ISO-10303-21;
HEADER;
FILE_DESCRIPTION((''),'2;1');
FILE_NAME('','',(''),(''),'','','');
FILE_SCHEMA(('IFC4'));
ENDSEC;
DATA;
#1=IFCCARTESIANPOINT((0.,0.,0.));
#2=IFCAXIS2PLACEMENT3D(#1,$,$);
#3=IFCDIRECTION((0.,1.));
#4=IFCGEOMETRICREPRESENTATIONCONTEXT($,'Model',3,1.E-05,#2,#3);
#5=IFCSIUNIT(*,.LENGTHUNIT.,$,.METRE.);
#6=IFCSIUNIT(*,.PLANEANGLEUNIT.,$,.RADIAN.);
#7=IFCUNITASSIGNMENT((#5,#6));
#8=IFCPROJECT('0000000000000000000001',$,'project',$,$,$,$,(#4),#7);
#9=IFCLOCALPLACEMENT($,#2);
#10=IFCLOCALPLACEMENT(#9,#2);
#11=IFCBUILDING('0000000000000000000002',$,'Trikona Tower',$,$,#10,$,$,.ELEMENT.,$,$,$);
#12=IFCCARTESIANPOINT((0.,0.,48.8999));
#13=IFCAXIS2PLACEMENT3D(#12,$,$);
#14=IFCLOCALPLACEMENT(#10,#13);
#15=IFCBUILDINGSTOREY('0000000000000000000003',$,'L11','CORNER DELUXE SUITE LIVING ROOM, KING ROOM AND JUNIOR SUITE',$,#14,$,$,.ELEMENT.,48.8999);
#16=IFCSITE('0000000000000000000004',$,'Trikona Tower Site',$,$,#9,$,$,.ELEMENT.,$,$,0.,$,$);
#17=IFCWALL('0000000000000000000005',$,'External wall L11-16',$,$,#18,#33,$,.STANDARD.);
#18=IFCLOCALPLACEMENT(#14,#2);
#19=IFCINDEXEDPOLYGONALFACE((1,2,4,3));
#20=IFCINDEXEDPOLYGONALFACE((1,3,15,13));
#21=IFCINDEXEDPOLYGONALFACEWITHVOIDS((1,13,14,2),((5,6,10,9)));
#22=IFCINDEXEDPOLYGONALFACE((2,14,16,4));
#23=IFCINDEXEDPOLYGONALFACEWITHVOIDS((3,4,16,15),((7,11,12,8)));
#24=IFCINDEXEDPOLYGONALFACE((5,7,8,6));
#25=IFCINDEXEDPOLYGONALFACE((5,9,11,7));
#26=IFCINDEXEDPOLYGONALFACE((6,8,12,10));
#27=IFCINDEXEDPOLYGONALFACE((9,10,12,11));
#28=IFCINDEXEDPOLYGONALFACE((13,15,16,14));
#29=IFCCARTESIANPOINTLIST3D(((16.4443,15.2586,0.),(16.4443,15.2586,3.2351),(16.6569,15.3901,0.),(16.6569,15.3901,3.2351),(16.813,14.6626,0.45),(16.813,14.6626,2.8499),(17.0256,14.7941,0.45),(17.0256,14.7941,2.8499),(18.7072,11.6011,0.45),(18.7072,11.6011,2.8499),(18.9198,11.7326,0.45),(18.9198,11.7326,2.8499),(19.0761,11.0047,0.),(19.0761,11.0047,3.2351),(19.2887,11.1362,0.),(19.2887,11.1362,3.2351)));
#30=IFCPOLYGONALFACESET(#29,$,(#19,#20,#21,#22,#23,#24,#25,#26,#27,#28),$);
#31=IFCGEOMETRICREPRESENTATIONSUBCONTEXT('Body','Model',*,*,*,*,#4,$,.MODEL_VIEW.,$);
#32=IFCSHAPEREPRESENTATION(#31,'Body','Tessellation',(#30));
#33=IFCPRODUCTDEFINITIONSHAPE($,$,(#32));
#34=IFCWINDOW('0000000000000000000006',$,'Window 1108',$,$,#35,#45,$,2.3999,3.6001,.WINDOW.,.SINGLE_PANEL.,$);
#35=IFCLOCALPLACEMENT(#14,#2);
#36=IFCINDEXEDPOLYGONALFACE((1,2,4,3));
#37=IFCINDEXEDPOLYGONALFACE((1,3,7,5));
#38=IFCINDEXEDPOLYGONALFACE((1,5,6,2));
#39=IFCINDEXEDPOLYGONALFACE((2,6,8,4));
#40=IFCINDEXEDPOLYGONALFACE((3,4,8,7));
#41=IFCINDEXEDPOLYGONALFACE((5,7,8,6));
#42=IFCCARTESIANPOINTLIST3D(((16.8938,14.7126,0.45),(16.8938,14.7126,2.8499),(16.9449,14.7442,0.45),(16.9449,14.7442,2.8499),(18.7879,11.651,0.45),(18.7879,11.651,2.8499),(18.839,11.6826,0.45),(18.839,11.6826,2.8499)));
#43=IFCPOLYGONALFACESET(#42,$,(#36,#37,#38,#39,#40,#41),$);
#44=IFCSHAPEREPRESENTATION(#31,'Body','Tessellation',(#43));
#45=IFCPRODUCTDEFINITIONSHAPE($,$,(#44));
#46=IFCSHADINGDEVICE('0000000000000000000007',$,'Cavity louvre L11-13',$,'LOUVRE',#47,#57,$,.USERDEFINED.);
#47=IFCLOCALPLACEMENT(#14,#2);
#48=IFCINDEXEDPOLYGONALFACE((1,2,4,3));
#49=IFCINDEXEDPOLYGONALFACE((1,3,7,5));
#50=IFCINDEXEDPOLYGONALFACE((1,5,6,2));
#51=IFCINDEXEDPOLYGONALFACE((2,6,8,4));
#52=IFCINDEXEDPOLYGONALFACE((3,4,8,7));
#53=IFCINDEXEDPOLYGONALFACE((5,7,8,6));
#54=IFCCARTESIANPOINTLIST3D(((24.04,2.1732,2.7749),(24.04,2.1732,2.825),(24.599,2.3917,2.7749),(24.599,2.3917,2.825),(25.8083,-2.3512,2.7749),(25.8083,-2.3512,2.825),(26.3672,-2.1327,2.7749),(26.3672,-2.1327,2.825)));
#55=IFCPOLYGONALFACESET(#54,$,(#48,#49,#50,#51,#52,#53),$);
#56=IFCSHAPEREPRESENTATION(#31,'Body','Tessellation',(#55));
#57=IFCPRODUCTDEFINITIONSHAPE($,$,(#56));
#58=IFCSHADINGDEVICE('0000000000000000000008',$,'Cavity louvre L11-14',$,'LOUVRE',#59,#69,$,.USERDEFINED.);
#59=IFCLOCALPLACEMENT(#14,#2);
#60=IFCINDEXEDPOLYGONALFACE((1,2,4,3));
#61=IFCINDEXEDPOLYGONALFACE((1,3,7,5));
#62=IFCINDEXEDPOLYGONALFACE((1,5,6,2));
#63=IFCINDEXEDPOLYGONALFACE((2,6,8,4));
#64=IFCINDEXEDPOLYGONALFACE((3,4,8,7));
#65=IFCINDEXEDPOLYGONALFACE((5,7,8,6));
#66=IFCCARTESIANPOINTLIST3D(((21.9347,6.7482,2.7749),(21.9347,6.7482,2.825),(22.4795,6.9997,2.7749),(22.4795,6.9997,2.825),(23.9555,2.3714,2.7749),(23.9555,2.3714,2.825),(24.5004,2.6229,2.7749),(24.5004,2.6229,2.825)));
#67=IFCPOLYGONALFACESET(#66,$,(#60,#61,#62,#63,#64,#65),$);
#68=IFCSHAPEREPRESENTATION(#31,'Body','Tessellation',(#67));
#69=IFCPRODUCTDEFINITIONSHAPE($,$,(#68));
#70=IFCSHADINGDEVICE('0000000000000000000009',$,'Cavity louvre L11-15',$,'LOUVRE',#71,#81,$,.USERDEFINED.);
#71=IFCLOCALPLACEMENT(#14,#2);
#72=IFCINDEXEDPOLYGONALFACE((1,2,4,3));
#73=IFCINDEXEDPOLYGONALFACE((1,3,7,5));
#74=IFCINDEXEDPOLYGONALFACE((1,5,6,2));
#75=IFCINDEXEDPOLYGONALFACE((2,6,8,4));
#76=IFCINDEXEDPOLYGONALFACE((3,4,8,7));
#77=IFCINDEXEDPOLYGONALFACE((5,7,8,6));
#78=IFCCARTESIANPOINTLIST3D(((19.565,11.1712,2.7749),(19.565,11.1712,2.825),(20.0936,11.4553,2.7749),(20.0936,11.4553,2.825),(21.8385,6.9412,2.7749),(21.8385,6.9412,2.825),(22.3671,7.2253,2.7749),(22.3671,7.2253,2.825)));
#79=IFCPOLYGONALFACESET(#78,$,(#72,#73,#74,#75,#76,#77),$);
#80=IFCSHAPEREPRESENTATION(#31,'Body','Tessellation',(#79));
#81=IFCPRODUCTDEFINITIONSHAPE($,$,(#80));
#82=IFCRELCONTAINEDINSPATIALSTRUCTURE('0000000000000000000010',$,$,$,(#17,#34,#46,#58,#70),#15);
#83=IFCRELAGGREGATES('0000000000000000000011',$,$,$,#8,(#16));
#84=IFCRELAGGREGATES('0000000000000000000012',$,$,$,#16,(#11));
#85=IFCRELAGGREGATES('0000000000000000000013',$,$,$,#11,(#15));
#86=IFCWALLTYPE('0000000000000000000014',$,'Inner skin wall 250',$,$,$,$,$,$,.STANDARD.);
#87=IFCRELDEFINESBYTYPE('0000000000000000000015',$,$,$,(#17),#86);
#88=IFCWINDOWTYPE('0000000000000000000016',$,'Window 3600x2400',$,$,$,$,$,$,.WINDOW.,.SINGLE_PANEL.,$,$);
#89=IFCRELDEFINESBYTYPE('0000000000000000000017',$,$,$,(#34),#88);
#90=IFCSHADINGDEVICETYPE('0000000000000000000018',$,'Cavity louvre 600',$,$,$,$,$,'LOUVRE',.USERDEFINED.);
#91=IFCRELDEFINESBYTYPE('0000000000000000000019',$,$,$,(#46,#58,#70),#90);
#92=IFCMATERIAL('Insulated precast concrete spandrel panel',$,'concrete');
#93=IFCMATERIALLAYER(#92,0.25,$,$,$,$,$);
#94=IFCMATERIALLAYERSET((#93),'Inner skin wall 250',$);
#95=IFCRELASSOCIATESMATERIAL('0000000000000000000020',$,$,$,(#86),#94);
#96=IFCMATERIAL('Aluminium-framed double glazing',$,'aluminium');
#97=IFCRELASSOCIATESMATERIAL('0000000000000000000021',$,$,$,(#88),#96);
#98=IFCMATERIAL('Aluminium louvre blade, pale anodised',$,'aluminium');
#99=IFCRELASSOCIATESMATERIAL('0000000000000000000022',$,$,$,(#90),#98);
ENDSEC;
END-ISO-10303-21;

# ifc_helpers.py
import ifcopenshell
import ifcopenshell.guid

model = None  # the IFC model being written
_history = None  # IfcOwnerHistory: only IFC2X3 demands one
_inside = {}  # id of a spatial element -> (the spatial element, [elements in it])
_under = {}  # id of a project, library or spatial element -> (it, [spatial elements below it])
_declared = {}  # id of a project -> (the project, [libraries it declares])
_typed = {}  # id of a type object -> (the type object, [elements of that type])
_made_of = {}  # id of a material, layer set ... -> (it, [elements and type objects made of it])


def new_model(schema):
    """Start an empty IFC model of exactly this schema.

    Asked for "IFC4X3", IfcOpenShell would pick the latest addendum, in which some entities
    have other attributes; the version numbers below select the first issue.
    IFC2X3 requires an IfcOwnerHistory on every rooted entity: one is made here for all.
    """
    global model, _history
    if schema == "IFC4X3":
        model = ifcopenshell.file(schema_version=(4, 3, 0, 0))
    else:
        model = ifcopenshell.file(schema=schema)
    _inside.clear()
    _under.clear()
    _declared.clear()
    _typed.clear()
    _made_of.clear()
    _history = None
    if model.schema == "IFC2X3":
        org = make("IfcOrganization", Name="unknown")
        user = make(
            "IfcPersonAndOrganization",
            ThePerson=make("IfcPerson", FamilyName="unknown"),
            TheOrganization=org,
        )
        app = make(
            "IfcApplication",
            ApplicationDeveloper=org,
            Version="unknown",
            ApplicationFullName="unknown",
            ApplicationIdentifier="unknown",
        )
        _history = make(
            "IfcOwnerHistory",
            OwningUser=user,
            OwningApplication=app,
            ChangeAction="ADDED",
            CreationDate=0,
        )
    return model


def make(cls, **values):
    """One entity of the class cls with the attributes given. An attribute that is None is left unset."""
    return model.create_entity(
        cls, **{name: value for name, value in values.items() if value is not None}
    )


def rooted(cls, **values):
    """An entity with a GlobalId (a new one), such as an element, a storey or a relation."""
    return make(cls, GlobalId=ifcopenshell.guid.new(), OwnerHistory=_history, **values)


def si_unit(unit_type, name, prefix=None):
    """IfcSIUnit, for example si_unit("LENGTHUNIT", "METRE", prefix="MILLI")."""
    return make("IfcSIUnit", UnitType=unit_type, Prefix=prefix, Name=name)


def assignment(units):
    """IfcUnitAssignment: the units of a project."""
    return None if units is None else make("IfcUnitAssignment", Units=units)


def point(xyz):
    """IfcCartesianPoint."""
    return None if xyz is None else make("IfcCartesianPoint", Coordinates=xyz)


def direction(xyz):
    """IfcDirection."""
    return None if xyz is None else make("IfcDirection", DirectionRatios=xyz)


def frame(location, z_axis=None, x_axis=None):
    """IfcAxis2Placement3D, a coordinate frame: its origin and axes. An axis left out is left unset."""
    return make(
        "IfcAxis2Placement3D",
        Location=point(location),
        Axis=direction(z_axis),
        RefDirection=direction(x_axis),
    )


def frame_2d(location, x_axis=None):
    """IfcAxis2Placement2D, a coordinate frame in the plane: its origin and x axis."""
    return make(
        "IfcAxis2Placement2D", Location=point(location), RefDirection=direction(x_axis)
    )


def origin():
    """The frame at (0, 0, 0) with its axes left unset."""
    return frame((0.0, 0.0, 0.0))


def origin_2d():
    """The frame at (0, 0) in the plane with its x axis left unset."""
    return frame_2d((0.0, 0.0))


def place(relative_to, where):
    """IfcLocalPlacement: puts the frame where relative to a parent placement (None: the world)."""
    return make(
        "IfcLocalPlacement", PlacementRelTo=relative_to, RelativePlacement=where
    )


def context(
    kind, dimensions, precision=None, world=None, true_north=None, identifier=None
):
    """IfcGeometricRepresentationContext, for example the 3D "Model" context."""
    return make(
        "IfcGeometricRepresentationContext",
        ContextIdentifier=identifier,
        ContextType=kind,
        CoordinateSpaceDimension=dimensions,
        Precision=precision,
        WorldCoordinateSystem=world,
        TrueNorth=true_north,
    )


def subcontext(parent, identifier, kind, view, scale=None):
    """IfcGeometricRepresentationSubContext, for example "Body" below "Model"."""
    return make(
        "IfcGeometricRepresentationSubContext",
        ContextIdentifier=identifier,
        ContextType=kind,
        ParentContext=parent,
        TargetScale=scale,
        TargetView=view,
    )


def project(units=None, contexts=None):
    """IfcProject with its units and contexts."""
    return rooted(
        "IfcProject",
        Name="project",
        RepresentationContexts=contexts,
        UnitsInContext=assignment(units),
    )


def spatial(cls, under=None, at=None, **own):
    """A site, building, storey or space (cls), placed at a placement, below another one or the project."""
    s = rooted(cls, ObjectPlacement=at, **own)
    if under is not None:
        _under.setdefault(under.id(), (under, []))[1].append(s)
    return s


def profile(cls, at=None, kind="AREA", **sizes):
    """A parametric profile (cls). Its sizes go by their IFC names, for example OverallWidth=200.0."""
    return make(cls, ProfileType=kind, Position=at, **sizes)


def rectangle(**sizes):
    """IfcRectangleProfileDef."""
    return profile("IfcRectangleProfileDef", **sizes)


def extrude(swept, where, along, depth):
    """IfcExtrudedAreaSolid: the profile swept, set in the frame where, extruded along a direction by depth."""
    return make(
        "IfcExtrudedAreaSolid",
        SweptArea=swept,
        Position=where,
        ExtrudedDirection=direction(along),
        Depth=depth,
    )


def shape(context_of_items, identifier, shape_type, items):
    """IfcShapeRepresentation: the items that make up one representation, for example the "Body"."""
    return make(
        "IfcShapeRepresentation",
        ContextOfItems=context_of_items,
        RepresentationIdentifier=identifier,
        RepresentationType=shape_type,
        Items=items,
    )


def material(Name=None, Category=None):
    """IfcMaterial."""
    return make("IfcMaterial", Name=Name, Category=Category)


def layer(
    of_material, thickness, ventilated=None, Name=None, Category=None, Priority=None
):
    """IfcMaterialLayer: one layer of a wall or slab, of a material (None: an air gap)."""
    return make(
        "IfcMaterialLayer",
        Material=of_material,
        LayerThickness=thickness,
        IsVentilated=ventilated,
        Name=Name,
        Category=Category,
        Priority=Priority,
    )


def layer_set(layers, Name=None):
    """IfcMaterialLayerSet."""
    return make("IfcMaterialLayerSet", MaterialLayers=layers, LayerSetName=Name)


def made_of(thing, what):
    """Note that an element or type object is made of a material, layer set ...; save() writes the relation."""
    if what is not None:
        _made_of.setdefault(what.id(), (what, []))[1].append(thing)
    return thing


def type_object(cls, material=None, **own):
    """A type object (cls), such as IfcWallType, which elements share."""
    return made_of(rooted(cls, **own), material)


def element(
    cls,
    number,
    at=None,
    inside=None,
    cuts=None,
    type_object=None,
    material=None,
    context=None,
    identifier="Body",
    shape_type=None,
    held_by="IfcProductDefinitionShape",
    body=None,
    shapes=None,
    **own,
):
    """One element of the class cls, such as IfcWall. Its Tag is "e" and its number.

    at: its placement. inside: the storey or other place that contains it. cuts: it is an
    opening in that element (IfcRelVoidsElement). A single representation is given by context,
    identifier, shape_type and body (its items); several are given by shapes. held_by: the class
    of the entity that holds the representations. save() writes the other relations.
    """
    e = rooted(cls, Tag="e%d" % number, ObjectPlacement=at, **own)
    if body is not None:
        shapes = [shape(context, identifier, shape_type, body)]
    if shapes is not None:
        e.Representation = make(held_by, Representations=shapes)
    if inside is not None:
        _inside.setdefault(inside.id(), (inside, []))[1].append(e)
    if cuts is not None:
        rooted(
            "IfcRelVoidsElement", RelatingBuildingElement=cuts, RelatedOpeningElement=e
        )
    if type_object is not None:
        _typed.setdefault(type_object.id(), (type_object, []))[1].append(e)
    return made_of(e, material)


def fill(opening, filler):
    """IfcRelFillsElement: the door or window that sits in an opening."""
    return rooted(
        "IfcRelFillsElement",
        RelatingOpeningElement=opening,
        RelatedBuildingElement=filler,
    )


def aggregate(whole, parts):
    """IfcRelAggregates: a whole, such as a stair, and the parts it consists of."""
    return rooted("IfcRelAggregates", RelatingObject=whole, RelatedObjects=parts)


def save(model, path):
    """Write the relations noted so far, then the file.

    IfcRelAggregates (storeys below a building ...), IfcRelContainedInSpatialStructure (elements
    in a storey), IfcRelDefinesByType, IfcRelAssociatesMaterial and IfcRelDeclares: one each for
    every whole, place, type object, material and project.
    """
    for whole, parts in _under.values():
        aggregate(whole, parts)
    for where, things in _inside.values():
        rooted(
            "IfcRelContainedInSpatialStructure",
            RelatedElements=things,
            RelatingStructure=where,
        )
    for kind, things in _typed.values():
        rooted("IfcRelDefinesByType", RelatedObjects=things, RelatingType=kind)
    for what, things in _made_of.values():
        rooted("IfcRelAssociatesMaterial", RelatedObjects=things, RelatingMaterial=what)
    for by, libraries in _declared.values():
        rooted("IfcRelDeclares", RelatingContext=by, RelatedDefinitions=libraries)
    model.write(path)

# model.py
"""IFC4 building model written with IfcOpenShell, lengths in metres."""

from ifc_helpers import new_model, si_unit, direction, frame, frame_2d, origin, origin_2d, place, context, subcontext, project, spatial, rectangle, extrude, material, layer, layer_set, type_object, element, fill, save


model = new_model("IFC4")

# Units and contexts
model_context = context("Model", 3, precision=1e-05, world=origin(), true_north=direction((0.0, 1.0)))
body_context = subcontext(model_context, "Body", "Model", "MODEL_VIEW")
ifc_project = project(units=[si_unit("LENGTHUNIT", "METRE"), si_unit("PLANEANGLEUNIT", "RADIAN")], contexts=[model_context])

# Site, building, storey
site_placement = place(None, origin())
site = spatial("IfcSite", under=ifc_project, at=site_placement, Name="Trikona Tower Site", CompositionType="ELEMENT", RefElevation=0.0)
building_placement = place(site_placement, origin())
building = spatial("IfcBuilding", under=site, at=building_placement, Name="Trikona Tower", CompositionType="ELEMENT")
storey_placement = place(building_placement, frame((0.0, 0.0, 48.8999)))
storey = spatial("IfcBuildingStorey", under=building, at=storey_placement, Name="L11", Description="CORNER DELUXE SUITE LIVING ROOM, KING ROOM AND JUNIOR SUITE", CompositionType="ELEMENT", Elevation=48.8999)

# Wall, opening, window
ifc_material_1 = material(Name="Insulated precast concrete spandrel panel", Category="concrete")
ifc_layer_1 = layer(ifc_material_1, 0.25)
ifc_layer_set_1 = layer_set([ifc_layer_1], Name="Inner skin wall 250")
wall_type = type_object("IfcWallType", Name="Inner skin wall 250", PredefinedType="STANDARD", material=ifc_layer_set_1)
ifc_material_2 = material(Name="Aluminium-framed double glazing", Category="aluminium")
window_type = type_object("IfcWindowType", Name="Window 3600x2400", PartitioningType="SINGLE_PANEL", PredefinedType="WINDOW", material=ifc_material_2)
wall_1_placement = place(storey_placement, frame((19.1824, 11.0706, 0.0), z_axis=(0.0, 0.0, 1.0), x_axis=(-0.526133, 0.850402, 0.0)))
wall_1 = element("IfcWall", 1, at=wall_1_placement, inside=storey, type_object=wall_type, Name="External wall L11-16", PredefinedType="STANDARD", context=body_context, shape_type="SweptSolid", body=[
    extrude(rectangle(XDim=5.0022, YDim=0.25, at=frame_2d((2.501, 0.0))), origin(), (0.0, 0.0, 1.0), 3.2351),
])
opening_1_placement = place(wall_1_placement, frame((0.7012, 0.0, 0.45)))
opening_1 = element("IfcOpeningElement", 2, at=opening_1_placement, cuts=wall_1, PredefinedType="OPENING", context=body_context, shape_type="SweptSolid", body=[
    extrude(rectangle(XDim=3.6001, YDim=2.3999, at=frame_2d((1.8, 1.2))), frame((0.0, 0.135, 0.0), z_axis=(0.0, -1.0, 0.0), x_axis=(1.0, 0.0, 0.0)), (0.0, 0.0, 1.0), 0.27),
])
window_1_placement = place(opening_1_placement, origin())
window_1 = element("IfcWindow", 3, at=window_1_placement, inside=storey, type_object=window_type, Name="Window 1108", OverallHeight=2.3999, OverallWidth=3.6001, PartitioningType="SINGLE_PANEL", PredefinedType="WINDOW", context=body_context, shape_type="SweptSolid", body=[
    extrude(rectangle(XDim=3.6001, YDim=2.3999, at=frame_2d((1.8, 1.2))), frame((0.0, 0.03, 0.0), z_axis=(0.0, -1.0, 0.0), x_axis=(1.0, 0.0, 0.0)), (0.0, 0.0, 1.0), 0.0601),
])
fill(opening_1, window_1)

# Shading devices
ifc_material_3 = material(Name="Aluminium louvre blade, pale anodised", Category="aluminium")
shading_device_type = type_object("IfcShadingDeviceType", Name="Cavity louvre 600", ElementType="LOUVRE", PredefinedType="USERDEFINED", material=ifc_material_3)
shading_device_1_placement = place(storey_placement, frame((25.2036, 0.0203, 2.7749), z_axis=(0.0, 0.0, 1.0), x_axis=(-0.364009, 0.931395, 0.0)))
element("IfcShadingDevice", 4, at=shading_device_1_placement, inside=storey, type_object=shading_device_type, Name="Cavity louvre L11-13", ObjectType="LOUVRE", PredefinedType="USERDEFINED", context=body_context, shape_type="SweptSolid", body=[
    extrude(rectangle(XDim=4.8577, YDim=0.6001, at=origin_2d()), origin(), (0.0, 0.0, 1.0), 0.05),
])
shading_device_2_placement = place(storey_placement, frame((23.2175, 4.6855, 2.7749), z_axis=(0.0, 0.0, 1.0), x_axis=(-0.419194, 0.907897, 0.0)))
element("IfcShadingDevice", 5, at=shading_device_2_placement, inside=storey, type_object=shading_device_type, Name="Cavity louvre L11-14", ObjectType="LOUVRE", PredefinedType="USERDEFINED", context=body_context, shape_type="SweptSolid", body=[
    extrude(rectangle(XDim=4.8208, YDim=0.6001, at=origin_2d()), origin(), (0.0, 0.0, 1.0), 0.05),
])
shading_device_3_placement = place(storey_placement, frame((20.9661, 9.1982, 2.7749), z_axis=(0.0, 0.0, 1.0), x_axis=(-0.473423, 0.880835, 0.0)))
element("IfcShadingDevice", 6, at=shading_device_3_placement, inside=storey, type_object=shading_device_type, Name="Cavity louvre L11-15", ObjectType="LOUVRE", PredefinedType="USERDEFINED", context=body_context, shape_type="SweptSolid", body=[
    extrude(rectangle(XDim=4.8022, YDim=0.6001, at=origin_2d()), origin(), (0.0, 0.0, 1.0), 0.05),
])

save(model, "model.ifc")
